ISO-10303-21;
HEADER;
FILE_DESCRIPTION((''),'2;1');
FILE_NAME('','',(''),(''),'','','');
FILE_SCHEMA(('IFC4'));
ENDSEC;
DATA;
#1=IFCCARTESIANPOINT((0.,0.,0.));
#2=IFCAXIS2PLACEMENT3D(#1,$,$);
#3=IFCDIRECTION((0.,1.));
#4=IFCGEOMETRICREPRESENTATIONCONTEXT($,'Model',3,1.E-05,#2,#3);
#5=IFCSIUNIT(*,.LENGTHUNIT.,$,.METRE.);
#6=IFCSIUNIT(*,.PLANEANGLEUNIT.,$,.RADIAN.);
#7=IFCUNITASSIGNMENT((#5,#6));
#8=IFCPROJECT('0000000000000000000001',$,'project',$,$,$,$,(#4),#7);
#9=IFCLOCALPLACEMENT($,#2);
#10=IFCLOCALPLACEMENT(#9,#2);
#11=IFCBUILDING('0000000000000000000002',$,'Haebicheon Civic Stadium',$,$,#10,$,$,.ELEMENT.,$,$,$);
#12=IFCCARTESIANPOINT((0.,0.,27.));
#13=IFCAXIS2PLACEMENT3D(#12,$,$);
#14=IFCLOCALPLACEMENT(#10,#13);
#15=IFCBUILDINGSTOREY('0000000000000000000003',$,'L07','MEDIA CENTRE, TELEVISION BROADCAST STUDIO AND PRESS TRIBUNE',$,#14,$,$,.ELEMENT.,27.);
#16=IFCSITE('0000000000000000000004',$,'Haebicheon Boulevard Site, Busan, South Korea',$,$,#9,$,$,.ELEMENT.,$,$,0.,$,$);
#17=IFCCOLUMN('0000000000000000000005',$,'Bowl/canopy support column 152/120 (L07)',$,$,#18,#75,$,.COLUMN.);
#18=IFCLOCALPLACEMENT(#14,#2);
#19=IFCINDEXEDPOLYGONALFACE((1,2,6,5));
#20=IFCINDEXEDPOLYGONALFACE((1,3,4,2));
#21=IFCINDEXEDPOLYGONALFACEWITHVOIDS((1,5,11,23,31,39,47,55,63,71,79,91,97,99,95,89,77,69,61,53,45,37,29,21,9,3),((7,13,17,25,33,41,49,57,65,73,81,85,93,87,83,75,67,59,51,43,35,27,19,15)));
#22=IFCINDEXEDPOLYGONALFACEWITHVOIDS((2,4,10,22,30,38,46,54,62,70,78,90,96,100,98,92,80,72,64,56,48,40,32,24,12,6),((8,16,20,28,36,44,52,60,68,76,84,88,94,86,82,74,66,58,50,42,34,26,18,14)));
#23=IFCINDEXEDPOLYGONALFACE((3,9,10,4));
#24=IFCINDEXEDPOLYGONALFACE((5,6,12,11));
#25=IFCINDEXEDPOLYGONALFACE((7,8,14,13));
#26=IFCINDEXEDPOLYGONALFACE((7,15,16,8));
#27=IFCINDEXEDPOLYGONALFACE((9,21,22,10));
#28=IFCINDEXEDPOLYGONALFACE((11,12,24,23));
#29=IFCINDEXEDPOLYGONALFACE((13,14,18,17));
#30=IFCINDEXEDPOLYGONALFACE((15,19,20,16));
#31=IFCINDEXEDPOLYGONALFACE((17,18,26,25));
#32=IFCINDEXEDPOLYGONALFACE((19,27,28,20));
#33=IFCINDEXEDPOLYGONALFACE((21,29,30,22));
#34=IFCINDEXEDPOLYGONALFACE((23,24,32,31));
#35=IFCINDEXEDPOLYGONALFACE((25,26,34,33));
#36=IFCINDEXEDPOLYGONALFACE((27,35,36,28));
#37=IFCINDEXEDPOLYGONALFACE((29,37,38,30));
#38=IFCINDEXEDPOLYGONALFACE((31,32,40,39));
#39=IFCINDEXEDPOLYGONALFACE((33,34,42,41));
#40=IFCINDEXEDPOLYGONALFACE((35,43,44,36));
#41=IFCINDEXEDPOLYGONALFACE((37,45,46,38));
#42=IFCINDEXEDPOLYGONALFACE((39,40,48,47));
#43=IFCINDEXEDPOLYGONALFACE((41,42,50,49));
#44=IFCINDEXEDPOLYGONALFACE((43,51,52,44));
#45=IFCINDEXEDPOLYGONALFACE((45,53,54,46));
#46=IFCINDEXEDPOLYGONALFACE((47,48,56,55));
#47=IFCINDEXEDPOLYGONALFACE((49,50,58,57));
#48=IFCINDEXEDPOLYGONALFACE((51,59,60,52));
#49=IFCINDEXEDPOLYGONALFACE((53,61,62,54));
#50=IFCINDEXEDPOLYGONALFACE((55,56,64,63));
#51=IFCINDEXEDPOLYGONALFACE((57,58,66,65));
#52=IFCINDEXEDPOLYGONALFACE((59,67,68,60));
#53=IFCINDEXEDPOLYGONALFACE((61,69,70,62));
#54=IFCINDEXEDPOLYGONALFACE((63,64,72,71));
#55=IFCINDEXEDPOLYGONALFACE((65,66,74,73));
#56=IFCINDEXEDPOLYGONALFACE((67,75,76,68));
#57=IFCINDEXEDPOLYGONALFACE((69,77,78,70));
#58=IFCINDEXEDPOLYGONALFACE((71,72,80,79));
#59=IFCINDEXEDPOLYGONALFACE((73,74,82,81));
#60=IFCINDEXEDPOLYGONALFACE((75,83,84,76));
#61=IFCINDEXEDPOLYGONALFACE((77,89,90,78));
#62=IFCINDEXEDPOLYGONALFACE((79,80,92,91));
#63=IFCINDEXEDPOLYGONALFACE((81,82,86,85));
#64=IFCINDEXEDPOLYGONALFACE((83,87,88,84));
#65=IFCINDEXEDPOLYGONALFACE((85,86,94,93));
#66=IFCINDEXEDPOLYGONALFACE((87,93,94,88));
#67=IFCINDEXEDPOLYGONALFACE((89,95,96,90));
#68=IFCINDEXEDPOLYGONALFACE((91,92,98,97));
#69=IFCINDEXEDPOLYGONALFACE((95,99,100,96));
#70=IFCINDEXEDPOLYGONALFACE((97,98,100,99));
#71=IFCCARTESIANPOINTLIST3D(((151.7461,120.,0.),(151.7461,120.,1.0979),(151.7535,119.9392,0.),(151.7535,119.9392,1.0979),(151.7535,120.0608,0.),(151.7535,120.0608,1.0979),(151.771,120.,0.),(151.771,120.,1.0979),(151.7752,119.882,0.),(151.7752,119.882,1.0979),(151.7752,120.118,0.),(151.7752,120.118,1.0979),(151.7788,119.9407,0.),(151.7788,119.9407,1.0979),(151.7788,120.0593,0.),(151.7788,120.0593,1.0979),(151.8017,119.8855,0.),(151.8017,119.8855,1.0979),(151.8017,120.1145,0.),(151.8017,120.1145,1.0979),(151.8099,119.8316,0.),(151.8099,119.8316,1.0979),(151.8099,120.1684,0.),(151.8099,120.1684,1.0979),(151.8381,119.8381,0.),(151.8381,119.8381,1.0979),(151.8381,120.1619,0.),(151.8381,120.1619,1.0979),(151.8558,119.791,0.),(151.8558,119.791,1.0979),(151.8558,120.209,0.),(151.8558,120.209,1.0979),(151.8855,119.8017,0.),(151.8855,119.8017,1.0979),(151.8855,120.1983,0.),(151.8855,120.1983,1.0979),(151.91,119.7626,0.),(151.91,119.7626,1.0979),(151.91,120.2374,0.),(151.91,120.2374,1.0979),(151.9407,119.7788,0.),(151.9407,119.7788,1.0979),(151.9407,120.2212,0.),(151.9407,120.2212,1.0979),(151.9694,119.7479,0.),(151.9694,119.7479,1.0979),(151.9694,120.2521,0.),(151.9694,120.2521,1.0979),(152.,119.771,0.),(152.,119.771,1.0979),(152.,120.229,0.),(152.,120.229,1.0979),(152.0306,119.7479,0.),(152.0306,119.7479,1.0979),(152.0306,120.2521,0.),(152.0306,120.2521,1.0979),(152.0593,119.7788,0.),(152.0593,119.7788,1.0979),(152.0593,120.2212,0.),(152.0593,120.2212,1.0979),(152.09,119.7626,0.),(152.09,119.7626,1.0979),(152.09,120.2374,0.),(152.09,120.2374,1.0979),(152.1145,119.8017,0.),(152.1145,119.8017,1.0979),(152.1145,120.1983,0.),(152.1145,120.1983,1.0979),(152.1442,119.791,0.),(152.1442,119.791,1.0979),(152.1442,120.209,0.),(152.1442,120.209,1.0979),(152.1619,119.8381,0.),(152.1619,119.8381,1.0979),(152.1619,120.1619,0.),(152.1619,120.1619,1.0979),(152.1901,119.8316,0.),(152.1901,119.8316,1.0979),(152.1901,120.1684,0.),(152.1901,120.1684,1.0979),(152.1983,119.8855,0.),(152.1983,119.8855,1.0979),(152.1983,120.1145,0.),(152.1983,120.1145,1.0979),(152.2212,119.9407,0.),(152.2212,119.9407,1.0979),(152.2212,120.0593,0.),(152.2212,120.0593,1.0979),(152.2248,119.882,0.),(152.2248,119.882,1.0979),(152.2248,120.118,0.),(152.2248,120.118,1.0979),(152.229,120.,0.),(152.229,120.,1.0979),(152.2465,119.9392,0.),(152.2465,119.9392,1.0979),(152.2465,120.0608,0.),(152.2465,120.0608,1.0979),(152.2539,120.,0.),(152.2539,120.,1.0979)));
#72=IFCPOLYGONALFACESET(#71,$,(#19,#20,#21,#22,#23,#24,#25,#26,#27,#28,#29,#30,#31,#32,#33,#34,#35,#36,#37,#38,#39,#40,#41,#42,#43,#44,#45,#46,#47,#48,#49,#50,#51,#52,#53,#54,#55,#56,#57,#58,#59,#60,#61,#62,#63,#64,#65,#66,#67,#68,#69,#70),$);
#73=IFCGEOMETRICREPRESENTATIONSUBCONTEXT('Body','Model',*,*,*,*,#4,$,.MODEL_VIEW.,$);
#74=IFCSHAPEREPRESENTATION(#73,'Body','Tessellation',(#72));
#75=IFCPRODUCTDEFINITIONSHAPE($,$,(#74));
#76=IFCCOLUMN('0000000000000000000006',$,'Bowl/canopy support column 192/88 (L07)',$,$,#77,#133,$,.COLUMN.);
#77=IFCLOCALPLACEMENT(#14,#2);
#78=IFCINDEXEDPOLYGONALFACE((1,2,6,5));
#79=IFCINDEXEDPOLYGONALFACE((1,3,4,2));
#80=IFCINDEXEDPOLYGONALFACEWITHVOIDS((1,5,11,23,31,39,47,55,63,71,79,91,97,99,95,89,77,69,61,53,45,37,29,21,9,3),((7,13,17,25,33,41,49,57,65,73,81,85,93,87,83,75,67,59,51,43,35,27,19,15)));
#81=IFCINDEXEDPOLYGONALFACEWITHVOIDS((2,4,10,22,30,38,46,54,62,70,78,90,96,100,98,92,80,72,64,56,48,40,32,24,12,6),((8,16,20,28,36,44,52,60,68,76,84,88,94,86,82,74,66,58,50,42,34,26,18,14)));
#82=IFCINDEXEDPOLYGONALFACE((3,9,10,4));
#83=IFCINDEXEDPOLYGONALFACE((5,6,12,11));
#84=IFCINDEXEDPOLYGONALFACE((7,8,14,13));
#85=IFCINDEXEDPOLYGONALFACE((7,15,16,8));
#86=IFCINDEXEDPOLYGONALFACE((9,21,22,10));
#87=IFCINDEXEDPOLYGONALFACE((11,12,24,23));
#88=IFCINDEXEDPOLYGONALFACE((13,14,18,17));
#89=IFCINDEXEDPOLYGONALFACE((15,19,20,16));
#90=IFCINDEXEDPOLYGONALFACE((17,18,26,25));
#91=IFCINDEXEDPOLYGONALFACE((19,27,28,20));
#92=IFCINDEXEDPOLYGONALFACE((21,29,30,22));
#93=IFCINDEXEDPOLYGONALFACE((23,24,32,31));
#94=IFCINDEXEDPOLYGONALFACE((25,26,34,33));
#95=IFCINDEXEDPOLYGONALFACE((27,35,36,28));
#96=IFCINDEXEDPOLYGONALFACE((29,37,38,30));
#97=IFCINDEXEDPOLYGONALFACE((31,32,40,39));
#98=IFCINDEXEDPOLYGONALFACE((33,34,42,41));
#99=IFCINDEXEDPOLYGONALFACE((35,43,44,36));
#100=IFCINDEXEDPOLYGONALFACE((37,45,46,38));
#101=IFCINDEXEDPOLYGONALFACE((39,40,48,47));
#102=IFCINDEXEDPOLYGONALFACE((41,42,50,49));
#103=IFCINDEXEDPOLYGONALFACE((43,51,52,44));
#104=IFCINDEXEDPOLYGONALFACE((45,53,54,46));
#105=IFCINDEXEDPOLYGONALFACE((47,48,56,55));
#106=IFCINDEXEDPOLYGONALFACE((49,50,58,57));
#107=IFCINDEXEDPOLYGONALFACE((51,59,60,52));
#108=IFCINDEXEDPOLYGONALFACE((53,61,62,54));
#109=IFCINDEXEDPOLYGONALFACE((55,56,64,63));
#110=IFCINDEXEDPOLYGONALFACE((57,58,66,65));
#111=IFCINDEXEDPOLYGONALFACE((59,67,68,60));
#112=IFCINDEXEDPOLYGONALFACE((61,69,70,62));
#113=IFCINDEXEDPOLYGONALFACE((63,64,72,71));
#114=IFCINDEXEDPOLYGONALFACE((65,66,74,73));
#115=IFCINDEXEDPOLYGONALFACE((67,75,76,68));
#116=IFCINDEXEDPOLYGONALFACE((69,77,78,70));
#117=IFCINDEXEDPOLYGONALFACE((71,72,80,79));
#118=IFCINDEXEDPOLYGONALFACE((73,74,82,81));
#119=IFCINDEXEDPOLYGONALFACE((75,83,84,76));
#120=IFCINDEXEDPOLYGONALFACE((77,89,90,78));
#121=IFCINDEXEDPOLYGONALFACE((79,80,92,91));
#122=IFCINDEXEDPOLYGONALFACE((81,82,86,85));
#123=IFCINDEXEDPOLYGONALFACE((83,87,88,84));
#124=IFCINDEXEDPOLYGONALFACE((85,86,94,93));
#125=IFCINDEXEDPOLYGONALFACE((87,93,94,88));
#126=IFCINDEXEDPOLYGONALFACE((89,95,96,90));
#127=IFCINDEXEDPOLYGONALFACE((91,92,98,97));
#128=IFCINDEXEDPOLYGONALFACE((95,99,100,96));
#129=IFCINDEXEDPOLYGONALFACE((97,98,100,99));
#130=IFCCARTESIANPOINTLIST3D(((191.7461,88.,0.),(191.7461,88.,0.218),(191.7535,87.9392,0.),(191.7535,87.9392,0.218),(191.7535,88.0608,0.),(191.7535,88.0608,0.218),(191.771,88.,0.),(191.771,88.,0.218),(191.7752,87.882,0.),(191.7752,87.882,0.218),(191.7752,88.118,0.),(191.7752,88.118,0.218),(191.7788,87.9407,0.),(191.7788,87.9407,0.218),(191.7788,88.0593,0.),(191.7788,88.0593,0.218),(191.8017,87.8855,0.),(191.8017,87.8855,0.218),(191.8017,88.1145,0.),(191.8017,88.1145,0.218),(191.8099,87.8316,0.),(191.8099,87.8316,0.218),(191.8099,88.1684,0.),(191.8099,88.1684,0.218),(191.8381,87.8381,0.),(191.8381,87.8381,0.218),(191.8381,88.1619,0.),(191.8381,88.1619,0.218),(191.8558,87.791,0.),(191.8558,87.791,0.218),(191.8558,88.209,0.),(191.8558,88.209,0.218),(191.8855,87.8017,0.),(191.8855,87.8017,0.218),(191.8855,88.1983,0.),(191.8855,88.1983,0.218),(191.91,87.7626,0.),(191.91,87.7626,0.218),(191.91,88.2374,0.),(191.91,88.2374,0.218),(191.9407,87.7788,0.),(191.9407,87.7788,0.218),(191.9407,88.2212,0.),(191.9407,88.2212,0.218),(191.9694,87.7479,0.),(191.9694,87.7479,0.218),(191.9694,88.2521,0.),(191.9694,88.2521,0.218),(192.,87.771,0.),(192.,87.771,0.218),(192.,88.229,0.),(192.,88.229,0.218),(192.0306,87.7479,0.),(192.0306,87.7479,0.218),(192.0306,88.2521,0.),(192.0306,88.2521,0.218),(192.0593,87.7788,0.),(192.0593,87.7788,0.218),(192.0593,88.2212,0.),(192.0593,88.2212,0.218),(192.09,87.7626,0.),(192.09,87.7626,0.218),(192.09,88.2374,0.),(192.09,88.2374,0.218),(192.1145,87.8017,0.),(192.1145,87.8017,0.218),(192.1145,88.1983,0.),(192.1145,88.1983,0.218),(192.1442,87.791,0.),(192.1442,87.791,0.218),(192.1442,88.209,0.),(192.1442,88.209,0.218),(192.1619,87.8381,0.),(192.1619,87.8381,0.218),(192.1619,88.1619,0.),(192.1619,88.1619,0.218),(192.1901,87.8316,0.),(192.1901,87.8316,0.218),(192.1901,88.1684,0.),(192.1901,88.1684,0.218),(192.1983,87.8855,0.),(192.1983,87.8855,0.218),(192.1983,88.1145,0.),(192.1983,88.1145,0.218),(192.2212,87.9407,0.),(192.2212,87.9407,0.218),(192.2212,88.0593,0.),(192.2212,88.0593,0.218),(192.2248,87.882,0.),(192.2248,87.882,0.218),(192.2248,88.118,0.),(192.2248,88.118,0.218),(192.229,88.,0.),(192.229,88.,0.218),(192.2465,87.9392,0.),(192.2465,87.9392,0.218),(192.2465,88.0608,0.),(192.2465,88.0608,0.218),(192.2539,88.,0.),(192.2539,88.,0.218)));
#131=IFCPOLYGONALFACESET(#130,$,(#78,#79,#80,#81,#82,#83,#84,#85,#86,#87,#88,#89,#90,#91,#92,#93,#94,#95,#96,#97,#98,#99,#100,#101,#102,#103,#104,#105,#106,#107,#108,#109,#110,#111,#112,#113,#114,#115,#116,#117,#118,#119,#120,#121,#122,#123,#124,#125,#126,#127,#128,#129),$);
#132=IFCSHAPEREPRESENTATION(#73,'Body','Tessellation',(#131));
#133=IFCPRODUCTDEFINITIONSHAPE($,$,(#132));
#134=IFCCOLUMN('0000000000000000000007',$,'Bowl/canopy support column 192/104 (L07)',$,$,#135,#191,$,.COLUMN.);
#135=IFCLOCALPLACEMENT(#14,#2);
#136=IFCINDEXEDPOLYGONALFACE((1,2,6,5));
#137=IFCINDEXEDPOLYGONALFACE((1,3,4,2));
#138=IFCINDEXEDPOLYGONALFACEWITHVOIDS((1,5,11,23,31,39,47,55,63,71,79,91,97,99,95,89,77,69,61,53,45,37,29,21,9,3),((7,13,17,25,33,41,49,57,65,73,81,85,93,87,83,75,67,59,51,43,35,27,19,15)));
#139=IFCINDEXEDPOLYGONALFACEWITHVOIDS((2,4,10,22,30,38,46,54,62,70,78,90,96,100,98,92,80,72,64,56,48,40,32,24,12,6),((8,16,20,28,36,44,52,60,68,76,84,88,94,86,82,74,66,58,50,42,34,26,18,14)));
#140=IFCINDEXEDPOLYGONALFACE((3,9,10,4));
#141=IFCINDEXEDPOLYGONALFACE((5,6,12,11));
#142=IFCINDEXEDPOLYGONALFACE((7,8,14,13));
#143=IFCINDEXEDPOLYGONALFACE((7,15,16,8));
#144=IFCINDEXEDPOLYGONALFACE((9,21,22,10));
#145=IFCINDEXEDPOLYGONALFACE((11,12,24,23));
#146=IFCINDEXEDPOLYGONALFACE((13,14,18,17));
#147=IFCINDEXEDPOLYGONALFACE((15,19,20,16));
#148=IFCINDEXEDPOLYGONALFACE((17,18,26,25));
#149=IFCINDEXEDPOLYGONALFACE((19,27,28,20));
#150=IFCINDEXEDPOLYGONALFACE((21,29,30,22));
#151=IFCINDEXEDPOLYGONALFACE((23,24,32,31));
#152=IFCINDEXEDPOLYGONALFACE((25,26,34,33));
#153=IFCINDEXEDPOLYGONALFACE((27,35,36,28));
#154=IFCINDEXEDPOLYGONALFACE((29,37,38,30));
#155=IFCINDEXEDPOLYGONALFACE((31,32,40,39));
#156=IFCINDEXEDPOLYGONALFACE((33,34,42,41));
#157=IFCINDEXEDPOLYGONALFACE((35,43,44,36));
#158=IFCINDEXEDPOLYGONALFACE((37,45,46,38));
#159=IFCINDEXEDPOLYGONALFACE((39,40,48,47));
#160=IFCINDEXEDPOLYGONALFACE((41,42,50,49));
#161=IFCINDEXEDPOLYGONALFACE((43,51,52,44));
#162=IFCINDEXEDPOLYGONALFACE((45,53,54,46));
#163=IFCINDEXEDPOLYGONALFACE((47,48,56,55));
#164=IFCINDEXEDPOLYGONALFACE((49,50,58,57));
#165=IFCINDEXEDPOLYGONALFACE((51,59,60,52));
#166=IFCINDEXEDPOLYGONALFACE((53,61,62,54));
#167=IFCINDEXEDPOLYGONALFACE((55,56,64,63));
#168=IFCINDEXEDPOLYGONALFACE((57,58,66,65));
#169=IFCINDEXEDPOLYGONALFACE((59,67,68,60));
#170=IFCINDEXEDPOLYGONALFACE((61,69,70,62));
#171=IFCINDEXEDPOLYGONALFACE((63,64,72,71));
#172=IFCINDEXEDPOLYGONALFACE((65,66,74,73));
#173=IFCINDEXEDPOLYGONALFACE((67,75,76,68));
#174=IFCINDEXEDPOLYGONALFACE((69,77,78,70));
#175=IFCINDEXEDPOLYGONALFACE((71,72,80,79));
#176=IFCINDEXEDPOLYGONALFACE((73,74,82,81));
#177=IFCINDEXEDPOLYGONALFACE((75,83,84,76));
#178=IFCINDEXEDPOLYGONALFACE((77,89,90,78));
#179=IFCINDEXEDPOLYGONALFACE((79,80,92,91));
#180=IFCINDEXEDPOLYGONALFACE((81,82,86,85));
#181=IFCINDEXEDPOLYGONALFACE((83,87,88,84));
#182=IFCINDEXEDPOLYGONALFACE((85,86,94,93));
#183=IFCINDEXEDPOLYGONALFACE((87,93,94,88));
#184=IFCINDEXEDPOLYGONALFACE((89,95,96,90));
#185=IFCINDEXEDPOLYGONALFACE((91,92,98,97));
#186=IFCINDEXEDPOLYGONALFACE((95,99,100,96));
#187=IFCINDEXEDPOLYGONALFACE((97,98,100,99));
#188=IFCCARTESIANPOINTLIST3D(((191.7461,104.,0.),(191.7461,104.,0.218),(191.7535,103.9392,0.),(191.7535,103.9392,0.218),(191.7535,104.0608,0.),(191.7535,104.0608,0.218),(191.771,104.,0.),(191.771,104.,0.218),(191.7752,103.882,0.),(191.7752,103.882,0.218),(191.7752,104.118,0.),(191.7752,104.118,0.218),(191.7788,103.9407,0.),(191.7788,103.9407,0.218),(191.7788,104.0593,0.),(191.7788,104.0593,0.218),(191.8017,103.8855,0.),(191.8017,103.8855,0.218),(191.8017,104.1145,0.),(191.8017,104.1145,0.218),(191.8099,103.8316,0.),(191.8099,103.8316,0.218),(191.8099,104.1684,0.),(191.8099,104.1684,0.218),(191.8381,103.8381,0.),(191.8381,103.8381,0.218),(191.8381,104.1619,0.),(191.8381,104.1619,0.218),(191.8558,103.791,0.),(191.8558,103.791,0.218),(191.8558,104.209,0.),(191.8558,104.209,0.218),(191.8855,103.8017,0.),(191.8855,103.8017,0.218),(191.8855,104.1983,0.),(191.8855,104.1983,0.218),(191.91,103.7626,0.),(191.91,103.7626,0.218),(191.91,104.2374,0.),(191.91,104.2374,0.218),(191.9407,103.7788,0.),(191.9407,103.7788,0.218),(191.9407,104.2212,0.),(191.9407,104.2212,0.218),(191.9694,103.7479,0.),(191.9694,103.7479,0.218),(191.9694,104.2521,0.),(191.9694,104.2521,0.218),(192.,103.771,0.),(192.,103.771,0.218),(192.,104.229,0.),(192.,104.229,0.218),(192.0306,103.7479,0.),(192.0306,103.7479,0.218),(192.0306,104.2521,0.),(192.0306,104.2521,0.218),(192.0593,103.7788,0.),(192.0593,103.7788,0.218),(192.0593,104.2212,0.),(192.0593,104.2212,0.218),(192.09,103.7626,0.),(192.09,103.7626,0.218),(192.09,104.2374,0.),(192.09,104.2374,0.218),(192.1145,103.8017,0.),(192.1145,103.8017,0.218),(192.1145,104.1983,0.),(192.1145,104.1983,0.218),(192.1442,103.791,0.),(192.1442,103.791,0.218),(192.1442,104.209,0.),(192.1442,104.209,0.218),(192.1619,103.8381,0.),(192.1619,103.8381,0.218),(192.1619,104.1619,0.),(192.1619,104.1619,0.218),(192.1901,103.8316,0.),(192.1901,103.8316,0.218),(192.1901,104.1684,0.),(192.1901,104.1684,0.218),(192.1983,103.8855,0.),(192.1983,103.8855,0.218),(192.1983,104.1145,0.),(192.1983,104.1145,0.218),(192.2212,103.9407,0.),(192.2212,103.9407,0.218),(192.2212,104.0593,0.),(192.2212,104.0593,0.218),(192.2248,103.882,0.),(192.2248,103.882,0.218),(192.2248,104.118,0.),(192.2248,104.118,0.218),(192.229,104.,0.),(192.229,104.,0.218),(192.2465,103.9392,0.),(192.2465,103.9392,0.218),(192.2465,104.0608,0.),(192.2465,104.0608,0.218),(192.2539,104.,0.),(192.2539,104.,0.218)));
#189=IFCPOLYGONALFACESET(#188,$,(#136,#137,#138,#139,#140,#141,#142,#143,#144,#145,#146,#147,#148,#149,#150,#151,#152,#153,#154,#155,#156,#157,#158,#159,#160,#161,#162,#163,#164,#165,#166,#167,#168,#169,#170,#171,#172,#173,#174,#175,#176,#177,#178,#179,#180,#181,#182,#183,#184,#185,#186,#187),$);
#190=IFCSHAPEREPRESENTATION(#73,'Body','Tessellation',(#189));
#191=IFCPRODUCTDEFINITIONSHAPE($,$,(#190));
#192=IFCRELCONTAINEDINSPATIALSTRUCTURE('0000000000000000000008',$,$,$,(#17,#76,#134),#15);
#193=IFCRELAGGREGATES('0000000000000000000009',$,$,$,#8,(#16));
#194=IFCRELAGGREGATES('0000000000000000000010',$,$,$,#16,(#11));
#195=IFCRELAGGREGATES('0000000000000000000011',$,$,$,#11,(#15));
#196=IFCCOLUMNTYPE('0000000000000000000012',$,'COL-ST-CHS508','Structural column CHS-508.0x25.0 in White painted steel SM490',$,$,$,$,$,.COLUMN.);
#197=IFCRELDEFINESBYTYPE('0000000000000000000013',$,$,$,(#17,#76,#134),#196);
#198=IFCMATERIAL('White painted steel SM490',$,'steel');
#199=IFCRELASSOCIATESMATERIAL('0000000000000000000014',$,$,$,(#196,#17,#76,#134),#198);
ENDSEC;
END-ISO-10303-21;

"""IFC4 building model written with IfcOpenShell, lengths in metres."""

from ifc_helpers import new_model, si_unit, direction, frame, origin, origin_2d, place, context, subcontext, project, spatial, hollow_circle, extrude, material, material_profile, profile_set, type_object, element, save


model = new_model("IFC4")

# Units and contexts
model_context = context("Model", 3, precision=1e-05, world=origin(), true_north=direction((0.0, 1.0)))
body_context = subcontext(model_context, "Body", "Model", "MODEL_VIEW")
ifc_project = project(units=[si_unit("LENGTHUNIT", "METRE"), si_unit("PLANEANGLEUNIT", "RADIAN")], contexts=[model_context])

# Site, building, storey
site_placement = place(None, origin())
site = spatial("IfcSite", under=ifc_project, at=site_placement, Name="Haebicheon Boulevard Site, Busan, South Korea", CompositionType="ELEMENT", RefElevation=0.0)
building_placement = place(site_placement, origin())
building = spatial("IfcBuilding", under=site, at=building_placement, Name="Haebicheon Civic Stadium", CompositionType="ELEMENT")
storey_placement = place(building_placement, frame((0.0, 0.0, 27.0)))
storey = spatial("IfcBuildingStorey", under=building, at=storey_placement, Name="L07", Description="MEDIA CENTRE, TELEVISION BROADCAST STUDIO AND PRESS TRIBUNE", CompositionType="ELEMENT", Elevation=27.0)

# Columns
ifc_material_1 = material(Name="White painted steel SM490", Category="steel")
ifc_material_profile_1 = material_profile(ifc_material_1, hollow_circle(Radius=0.2539, WallThickness=0.0249, at=origin_2d()), Name="CHS-508.0x25.0")
ifc_profile_set_1 = profile_set([ifc_material_profile_1], Name="White painted steel SM490")
column_type = type_object("IfcColumnType", Name="COL-ST-CHS508", Description="Structural column CHS-508.0x25.0 in White painted steel SM490", PredefinedType="COLUMN", material=ifc_profile_set_1)
column_placement = place(storey_placement, frame((152.0, 120.0, 0.0), z_axis=(0.0, 0.0, 1.0), x_axis=(1.0, 0.0, 0.0)))
element("IfcColumn", 1, at=column_placement, inside=storey, type_object=column_type, material=ifc_profile_set_1, Name="Bowl/canopy support column 152/120 (L07)", PredefinedType="COLUMN", context=body_context, shape_type="SweptSolid", body=[
    extrude(hollow_circle(Radius=0.2539, WallThickness=0.0249, at=origin_2d()), origin(), (0.0, 0.0, 1.0), 1.0979),
])
for number, where, z_axis, x_axis, name in (
    (2, (192.0, 88.0, 0.0), (0.0, 0.0, 1.0), (1.0, 0.0, 0.0), "Bowl/canopy support column 192/88 (L07)"),
    (3, (192.0, 104.0, 0.0), (0.0, 0.0, 1.0), (1.0, 0.0, 0.0), "Bowl/canopy support column 192/104 (L07)"),
):
    element("IfcColumn", number, at=place(storey_placement, frame(where, z_axis=z_axis, x_axis=x_axis)), inside=storey, type_object=column_type, material=ifc_profile_set_1, Name=name, PredefinedType="COLUMN", context=body_context, shape_type="SweptSolid", body=[
        extrude(hollow_circle(Radius=0.2539, WallThickness=0.0249, at=origin_2d()), origin(), (0.0, 0.0, 1.0), 0.218),
    ])

save(model, "model.ifc")
